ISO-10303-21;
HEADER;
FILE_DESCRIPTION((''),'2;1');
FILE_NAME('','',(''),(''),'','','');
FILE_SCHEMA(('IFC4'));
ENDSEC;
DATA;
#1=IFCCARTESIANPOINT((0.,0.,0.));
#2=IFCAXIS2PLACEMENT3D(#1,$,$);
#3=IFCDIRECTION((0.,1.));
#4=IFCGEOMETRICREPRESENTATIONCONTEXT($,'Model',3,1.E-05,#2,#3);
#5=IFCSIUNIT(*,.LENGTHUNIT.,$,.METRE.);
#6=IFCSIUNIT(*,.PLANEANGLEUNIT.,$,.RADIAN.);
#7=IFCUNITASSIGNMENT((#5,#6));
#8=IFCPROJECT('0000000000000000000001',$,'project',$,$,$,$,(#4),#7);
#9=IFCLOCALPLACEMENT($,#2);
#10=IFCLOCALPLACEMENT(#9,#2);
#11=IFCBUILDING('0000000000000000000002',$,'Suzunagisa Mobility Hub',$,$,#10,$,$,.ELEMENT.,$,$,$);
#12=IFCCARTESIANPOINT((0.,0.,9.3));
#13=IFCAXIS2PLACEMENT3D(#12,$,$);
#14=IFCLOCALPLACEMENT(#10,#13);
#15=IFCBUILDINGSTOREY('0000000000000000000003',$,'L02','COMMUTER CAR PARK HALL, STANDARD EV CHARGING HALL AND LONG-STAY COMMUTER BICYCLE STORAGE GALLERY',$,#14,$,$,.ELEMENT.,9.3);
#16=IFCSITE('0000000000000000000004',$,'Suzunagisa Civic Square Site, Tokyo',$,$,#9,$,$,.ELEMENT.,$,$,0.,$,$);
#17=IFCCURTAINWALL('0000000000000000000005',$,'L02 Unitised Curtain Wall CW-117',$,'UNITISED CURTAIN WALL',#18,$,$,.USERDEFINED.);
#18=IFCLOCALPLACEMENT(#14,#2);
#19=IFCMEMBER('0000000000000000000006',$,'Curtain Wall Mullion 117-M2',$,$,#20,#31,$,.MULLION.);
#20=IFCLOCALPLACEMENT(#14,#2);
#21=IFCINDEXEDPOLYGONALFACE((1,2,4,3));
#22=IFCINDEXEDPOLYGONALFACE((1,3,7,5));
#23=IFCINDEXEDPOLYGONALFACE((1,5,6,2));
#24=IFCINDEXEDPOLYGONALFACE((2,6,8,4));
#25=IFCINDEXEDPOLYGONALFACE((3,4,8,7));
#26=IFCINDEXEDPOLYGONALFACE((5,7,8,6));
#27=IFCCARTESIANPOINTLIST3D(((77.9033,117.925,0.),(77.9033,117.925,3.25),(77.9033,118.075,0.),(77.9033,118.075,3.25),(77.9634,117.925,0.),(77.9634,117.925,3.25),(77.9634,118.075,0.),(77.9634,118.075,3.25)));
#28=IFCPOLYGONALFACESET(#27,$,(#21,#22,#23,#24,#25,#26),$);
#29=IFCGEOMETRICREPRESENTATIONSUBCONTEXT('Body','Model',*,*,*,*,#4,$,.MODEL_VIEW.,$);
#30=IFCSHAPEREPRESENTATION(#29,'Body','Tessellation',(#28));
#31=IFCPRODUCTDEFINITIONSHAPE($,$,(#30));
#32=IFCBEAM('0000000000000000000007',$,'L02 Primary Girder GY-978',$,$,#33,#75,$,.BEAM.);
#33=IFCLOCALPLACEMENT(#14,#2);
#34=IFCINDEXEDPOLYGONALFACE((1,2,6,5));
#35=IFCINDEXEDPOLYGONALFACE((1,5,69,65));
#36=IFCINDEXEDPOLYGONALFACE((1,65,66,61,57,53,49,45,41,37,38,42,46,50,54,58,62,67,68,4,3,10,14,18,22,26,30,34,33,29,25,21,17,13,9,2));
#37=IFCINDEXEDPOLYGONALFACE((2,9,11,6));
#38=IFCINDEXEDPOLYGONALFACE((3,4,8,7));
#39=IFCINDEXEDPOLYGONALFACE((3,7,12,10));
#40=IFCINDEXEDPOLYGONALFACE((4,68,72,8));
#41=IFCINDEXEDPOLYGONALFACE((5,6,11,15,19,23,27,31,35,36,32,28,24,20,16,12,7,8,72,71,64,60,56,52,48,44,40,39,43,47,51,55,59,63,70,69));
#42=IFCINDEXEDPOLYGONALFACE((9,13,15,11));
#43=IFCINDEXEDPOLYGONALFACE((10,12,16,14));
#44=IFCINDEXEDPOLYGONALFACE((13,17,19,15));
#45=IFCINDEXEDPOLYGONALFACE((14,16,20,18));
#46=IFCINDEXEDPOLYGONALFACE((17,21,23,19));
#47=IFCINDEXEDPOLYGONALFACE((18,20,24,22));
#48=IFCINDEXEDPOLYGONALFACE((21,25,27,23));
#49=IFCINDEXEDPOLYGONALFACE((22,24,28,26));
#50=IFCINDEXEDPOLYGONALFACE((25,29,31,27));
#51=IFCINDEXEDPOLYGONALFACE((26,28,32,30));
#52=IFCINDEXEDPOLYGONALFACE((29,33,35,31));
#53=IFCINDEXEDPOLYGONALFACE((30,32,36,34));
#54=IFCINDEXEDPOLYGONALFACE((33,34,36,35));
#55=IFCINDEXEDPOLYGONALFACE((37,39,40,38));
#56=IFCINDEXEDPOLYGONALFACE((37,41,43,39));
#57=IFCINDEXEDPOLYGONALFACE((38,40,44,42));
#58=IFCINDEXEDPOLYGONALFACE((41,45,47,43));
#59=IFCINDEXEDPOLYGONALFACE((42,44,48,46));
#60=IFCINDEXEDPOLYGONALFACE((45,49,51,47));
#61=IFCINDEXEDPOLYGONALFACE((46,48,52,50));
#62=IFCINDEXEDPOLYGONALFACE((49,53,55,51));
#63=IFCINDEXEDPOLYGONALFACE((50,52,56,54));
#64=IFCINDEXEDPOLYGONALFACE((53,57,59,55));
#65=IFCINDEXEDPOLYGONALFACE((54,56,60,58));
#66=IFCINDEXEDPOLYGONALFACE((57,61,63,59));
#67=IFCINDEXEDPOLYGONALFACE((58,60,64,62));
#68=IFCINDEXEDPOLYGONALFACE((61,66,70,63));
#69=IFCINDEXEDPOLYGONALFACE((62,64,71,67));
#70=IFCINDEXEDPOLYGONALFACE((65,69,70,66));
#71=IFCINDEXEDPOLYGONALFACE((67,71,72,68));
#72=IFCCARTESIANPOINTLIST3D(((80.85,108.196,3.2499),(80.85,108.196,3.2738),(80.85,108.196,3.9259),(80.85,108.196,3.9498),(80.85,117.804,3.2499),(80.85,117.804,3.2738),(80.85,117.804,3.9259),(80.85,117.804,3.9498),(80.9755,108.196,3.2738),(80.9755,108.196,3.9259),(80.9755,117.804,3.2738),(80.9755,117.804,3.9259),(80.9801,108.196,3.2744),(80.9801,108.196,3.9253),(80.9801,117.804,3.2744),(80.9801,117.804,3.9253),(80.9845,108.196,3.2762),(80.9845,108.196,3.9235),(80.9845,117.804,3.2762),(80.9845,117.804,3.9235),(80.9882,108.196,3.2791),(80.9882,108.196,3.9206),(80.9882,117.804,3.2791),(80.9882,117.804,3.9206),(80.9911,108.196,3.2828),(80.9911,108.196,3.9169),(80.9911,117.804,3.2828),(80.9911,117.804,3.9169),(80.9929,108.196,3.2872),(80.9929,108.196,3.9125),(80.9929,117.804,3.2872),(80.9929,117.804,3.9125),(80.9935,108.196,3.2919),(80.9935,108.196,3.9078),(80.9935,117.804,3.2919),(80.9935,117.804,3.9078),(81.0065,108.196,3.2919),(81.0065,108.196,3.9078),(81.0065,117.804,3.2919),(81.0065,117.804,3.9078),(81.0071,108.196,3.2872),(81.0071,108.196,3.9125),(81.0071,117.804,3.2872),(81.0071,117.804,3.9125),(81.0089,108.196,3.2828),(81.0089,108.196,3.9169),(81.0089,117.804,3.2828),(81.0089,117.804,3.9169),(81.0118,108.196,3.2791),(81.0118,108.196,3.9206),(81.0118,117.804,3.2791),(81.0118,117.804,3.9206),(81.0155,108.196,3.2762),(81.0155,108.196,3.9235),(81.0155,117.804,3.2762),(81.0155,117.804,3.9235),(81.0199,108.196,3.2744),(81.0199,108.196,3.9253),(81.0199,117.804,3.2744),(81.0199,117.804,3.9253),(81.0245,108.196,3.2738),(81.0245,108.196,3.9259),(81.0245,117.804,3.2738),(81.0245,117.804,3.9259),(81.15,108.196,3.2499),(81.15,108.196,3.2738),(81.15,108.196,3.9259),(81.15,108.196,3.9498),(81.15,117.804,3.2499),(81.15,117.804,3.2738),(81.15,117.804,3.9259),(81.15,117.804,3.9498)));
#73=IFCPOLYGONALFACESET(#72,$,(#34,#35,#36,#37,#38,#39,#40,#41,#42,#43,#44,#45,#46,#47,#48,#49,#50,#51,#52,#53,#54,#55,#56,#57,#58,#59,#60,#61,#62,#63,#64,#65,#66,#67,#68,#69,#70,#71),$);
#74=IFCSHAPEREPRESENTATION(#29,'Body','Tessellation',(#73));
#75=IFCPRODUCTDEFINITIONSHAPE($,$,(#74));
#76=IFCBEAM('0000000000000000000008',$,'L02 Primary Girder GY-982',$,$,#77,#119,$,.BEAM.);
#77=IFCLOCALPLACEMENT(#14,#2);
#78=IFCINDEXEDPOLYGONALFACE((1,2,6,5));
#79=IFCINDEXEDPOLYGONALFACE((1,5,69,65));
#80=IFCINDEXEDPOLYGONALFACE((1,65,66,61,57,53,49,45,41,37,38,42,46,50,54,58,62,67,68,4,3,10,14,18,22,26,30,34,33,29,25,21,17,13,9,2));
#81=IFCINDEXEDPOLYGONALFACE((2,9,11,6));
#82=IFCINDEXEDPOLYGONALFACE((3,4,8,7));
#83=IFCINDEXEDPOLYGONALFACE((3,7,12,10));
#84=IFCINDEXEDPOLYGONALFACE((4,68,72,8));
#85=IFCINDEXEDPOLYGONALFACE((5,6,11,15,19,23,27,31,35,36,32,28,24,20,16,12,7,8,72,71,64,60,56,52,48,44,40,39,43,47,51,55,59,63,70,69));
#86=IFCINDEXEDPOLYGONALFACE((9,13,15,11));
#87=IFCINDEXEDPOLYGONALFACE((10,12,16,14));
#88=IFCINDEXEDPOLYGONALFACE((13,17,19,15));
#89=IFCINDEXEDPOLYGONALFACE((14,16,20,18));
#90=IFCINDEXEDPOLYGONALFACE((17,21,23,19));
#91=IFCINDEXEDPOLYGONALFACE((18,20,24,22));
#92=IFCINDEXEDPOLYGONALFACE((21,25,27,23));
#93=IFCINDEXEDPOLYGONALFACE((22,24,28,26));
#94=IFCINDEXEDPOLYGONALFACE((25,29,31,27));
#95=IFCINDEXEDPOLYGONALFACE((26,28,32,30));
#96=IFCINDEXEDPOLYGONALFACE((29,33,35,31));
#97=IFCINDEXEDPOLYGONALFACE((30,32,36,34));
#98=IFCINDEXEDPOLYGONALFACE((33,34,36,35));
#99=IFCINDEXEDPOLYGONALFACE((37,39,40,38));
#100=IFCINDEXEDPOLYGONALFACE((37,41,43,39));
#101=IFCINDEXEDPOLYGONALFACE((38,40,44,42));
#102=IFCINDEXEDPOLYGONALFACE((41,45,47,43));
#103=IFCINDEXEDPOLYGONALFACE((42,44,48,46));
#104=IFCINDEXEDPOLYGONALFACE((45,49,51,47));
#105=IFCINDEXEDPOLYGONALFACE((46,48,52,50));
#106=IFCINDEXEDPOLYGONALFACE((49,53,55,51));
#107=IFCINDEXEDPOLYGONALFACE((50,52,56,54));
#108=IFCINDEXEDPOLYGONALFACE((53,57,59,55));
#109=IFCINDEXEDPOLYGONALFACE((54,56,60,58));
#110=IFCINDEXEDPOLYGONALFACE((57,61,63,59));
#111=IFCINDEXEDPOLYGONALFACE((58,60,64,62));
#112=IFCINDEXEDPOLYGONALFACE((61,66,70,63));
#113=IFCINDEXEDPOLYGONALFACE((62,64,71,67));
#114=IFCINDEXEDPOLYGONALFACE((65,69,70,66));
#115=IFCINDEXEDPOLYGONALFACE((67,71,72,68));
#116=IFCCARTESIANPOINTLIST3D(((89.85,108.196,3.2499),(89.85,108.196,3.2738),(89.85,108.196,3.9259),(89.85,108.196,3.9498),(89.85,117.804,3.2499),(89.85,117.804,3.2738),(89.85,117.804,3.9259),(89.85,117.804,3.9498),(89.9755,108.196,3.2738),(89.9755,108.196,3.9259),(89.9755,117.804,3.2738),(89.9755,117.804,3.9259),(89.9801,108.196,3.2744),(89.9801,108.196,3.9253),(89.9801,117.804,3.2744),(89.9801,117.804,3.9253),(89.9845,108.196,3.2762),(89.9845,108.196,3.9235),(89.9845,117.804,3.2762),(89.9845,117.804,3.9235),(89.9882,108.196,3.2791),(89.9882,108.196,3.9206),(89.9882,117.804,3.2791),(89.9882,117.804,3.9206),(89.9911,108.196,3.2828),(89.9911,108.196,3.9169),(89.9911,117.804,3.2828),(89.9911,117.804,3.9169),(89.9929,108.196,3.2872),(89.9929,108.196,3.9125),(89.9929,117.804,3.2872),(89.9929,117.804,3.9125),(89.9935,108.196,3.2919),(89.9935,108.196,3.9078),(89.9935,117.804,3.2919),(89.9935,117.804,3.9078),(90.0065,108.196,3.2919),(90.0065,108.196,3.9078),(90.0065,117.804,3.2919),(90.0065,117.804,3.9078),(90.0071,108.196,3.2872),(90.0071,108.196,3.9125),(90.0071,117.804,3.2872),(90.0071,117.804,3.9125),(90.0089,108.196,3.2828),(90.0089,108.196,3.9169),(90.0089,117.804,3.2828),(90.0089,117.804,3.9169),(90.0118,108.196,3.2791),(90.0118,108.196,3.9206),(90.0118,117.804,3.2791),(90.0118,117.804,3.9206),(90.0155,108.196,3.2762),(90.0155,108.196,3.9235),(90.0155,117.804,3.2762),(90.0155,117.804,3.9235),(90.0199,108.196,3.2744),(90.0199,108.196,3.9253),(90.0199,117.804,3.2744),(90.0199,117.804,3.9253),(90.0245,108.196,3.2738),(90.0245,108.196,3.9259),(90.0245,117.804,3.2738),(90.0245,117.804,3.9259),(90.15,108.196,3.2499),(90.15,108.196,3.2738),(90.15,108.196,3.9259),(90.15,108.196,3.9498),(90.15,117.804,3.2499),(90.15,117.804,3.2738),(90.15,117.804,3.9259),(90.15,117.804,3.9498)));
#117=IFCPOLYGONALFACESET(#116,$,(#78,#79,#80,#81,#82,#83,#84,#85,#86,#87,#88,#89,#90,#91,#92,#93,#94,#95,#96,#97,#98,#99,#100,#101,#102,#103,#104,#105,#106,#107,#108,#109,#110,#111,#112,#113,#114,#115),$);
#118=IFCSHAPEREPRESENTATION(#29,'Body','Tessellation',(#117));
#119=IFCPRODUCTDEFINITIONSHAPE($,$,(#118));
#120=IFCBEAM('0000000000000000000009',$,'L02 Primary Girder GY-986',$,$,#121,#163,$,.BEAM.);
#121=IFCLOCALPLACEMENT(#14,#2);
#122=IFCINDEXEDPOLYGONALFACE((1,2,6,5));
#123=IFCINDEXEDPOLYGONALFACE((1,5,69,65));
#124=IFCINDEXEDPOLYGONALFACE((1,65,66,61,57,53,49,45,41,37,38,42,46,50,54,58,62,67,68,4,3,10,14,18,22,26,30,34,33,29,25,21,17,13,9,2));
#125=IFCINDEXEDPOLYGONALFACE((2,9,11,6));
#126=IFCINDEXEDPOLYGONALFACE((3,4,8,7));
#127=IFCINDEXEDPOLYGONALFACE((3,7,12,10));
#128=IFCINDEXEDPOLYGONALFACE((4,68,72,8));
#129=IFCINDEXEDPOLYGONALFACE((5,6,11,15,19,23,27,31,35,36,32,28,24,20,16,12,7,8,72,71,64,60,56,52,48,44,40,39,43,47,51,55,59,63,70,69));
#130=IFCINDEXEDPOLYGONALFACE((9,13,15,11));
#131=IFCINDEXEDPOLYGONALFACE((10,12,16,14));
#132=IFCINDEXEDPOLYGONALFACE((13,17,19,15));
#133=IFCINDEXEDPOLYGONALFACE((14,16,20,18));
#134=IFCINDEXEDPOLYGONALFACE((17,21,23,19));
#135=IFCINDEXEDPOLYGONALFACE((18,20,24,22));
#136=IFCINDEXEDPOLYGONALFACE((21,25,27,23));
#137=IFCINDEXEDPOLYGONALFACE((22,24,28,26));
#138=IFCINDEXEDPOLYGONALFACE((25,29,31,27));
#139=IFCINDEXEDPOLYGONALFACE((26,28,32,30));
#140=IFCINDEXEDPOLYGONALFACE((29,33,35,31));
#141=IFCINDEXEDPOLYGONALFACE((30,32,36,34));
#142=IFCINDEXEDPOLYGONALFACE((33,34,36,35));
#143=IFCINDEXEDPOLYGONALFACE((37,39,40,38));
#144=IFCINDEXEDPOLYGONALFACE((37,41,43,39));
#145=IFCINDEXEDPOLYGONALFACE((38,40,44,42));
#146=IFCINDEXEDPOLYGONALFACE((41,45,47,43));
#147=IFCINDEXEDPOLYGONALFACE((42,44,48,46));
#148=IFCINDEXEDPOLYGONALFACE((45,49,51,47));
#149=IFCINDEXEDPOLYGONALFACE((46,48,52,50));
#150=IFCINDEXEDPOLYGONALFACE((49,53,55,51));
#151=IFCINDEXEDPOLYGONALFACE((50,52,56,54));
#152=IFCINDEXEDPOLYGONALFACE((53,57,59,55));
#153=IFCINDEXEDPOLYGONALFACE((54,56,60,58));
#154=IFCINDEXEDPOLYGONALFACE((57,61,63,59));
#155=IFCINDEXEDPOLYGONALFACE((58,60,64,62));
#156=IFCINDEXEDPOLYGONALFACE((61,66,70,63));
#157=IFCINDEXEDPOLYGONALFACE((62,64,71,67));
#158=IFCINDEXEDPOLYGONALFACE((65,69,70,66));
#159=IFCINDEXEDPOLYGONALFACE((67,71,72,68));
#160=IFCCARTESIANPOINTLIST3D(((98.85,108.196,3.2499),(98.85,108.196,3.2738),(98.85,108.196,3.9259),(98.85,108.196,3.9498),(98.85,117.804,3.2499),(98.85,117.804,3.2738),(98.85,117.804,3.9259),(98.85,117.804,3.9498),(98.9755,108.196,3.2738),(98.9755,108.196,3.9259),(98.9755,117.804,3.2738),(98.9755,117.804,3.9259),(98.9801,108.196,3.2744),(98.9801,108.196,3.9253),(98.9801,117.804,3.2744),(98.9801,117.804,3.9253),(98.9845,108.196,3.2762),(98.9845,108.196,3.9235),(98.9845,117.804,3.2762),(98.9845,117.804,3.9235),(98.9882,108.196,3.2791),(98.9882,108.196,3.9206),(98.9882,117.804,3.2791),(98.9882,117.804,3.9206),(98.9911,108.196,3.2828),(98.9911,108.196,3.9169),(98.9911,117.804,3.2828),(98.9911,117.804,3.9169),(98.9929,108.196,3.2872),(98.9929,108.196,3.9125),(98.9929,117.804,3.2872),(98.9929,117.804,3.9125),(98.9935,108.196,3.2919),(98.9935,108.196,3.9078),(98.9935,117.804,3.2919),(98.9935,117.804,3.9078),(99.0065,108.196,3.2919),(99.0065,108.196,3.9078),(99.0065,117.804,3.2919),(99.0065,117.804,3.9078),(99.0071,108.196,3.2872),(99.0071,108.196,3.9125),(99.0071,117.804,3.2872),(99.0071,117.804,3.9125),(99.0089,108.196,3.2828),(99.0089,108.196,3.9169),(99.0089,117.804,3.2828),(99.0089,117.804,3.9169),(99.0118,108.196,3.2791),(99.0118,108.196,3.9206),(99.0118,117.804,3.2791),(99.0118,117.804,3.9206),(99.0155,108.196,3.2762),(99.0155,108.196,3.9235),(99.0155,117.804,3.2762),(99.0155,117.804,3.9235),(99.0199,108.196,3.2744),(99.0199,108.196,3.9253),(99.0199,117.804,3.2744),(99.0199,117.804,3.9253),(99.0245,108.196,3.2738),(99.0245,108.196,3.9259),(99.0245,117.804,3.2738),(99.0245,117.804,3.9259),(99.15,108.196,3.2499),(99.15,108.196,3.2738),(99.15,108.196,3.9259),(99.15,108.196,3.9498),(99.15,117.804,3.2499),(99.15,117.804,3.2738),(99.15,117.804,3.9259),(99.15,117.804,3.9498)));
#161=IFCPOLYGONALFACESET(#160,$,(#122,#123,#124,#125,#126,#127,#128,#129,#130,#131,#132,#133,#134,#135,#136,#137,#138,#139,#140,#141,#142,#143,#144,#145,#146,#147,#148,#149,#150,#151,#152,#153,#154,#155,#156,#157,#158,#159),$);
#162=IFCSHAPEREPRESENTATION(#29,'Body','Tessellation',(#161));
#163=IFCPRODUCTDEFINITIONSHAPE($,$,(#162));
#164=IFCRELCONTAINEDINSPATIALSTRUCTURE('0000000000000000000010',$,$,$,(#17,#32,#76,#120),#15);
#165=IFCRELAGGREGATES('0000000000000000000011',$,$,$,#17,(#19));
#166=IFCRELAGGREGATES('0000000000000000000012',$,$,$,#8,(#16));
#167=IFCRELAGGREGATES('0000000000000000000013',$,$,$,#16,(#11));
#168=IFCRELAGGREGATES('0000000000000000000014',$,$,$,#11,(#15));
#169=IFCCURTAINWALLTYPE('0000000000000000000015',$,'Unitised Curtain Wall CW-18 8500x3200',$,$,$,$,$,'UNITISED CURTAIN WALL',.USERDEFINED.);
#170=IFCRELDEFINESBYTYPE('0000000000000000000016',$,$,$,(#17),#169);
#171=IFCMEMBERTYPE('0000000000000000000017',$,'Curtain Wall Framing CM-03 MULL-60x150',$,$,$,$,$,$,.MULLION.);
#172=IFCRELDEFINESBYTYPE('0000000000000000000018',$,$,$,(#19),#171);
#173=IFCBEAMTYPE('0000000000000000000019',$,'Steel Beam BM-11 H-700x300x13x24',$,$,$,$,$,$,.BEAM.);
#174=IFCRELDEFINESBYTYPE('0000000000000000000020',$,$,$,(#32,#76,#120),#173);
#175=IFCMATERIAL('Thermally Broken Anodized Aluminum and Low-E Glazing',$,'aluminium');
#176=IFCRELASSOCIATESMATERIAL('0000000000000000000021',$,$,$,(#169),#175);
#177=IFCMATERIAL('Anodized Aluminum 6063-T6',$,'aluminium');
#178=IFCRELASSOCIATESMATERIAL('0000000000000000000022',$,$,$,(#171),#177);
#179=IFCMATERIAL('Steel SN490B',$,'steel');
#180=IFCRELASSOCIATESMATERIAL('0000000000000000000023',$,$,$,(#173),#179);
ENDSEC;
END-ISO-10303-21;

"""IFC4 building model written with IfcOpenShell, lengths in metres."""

from ifc_helpers import new_model, si_unit, direction, frame, origin, origin_2d, place, context, subcontext, project, spatial, rectangle, i_section, extrude, material, material_profile, profile_set, type_object, element, aggregate, save


model = new_model("IFC4")

# Units and contexts
model_context = context("Model", 3, precision=1e-05, world=origin(), true_north=direction((0.0, 1.0)))
body_context = subcontext(model_context, "Body", "Model", "MODEL_VIEW")
ifc_project = project(units=[si_unit("LENGTHUNIT", "METRE"), si_unit("PLANEANGLEUNIT", "RADIAN")], contexts=[model_context])

# Site, building, storey
site_placement = place(None, origin())
site = spatial("IfcSite", under=ifc_project, at=site_placement, Name="Suzunagisa Civic Square Site, Tokyo", CompositionType="ELEMENT", RefElevation=0.0)
building_placement = place(site_placement, origin())
building = spatial("IfcBuilding", under=site, at=building_placement, Name="Suzunagisa Mobility Hub", CompositionType="ELEMENT")
storey_placement = place(building_placement, frame((0.0, 0.0, 9.3)))
storey = spatial("IfcBuildingStorey", under=building, at=storey_placement, Name="L02", Description="COMMUTER CAR PARK HALL, STANDARD EV CHARGING HALL AND LONG-STAY COMMUTER BICYCLE STORAGE GALLERY", CompositionType="ELEMENT", Elevation=9.3)

# Shared definitions
ifc_material_1 = material(Name="Steel SN490B", Category="steel")

# Curtain wall, member
ifc_material_2 = material(Name="Thermally Broken Anodized Aluminum and Low-E Glazing", Category="aluminium")
curtain_wall_type = type_object("IfcCurtainWallType", Name="Unitised Curtain Wall CW-18 8500x3200", ElementType="UNITISED CURTAIN WALL", PredefinedType="USERDEFINED", material=ifc_material_2)
curtain_wall_placement = place(storey_placement, origin())
curtain_wall = element("IfcCurtainWall", 1, at=curtain_wall_placement, inside=storey, type_object=curtain_wall_type, Name="L02 Unitised Curtain Wall CW-117", ObjectType="UNITISED CURTAIN WALL", PredefinedType="USERDEFINED")
ifc_material_3 = material(Name="Anodized Aluminum 6063-T6", Category="aluminium")
ifc_material_profile_1 = material_profile(ifc_material_3, rectangle(XDim=0.0601, YDim=0.1499, at=origin_2d()), Name="MULL-60x150")
ifc_profile_set_1 = profile_set([ifc_material_profile_1], Name="Anodized Aluminum 6063-T6")
member_type_1 = type_object("IfcMemberType", Name="Curtain Wall Framing CM-03 MULL-60x150", PredefinedType="MULLION", material=ifc_profile_set_1)
member_1_placement = place(storey_placement, frame((77.9333, 118.0, 0.0), z_axis=(0.0, 0.0, 1.0), x_axis=(-1.0, 0.0, 0.0)))
member_1 = element("IfcMember", 2, at=member_1_placement, type_object=member_type_1, Name="Curtain Wall Mullion 117-M2", PredefinedType="MULLION", context=body_context, shape_type="SweptSolid", body=[
    extrude(rectangle(XDim=0.0601, YDim=0.1499, at=origin_2d()), origin(), (0.0, 0.0, 1.0), 3.25),
])

# Beams
ifc_material_profile_2 = material_profile(ifc_material_1, i_section(OverallWidth=0.3, OverallDepth=0.7, WebThickness=0.0129, FlangeThickness=0.0239, FilletRadius=0.0181, at=origin_2d()), Name="H-700x300x13x24")
ifc_profile_set_2 = profile_set([ifc_material_profile_2], Name="Steel SN490B")
beam_type_1 = type_object("IfcBeamType", Name="Steel Beam BM-11 H-700x300x13x24", PredefinedType="BEAM", material=ifc_profile_set_2)
for number, where, z_axis, x_axis, name in (
    (3, (81.0, 108.196, 3.5999), (0.0, 1.0, 0.0), (-1.0, 0.0, 0.0), "L02 Primary Girder GY-978"),
    (4, (90.0, 108.196, 3.5999), (0.0, 1.0, 0.0), (-1.0, 0.0, 0.0), "L02 Primary Girder GY-982"),
    (5, (99.0, 108.196, 3.5999), (0.0, 1.0, 0.0), (-1.0, 0.0, 0.0), "L02 Primary Girder GY-986"),
):
    element("IfcBeam", number, at=place(storey_placement, frame(where, z_axis=z_axis, x_axis=x_axis)), inside=storey, type_object=beam_type_1, Name=name, PredefinedType="BEAM", context=body_context, shape_type="SweptSolid", body=[
        extrude(i_section(OverallWidth=0.3, OverallDepth=0.7, WebThickness=0.0129, FlangeThickness=0.0239, FilletRadius=0.0181, at=origin_2d()), origin(), (0.0, 0.0, 1.0), 9.6079),
    ])

aggregate(curtain_wall, [member_1])

save(model, "model.ifc")
